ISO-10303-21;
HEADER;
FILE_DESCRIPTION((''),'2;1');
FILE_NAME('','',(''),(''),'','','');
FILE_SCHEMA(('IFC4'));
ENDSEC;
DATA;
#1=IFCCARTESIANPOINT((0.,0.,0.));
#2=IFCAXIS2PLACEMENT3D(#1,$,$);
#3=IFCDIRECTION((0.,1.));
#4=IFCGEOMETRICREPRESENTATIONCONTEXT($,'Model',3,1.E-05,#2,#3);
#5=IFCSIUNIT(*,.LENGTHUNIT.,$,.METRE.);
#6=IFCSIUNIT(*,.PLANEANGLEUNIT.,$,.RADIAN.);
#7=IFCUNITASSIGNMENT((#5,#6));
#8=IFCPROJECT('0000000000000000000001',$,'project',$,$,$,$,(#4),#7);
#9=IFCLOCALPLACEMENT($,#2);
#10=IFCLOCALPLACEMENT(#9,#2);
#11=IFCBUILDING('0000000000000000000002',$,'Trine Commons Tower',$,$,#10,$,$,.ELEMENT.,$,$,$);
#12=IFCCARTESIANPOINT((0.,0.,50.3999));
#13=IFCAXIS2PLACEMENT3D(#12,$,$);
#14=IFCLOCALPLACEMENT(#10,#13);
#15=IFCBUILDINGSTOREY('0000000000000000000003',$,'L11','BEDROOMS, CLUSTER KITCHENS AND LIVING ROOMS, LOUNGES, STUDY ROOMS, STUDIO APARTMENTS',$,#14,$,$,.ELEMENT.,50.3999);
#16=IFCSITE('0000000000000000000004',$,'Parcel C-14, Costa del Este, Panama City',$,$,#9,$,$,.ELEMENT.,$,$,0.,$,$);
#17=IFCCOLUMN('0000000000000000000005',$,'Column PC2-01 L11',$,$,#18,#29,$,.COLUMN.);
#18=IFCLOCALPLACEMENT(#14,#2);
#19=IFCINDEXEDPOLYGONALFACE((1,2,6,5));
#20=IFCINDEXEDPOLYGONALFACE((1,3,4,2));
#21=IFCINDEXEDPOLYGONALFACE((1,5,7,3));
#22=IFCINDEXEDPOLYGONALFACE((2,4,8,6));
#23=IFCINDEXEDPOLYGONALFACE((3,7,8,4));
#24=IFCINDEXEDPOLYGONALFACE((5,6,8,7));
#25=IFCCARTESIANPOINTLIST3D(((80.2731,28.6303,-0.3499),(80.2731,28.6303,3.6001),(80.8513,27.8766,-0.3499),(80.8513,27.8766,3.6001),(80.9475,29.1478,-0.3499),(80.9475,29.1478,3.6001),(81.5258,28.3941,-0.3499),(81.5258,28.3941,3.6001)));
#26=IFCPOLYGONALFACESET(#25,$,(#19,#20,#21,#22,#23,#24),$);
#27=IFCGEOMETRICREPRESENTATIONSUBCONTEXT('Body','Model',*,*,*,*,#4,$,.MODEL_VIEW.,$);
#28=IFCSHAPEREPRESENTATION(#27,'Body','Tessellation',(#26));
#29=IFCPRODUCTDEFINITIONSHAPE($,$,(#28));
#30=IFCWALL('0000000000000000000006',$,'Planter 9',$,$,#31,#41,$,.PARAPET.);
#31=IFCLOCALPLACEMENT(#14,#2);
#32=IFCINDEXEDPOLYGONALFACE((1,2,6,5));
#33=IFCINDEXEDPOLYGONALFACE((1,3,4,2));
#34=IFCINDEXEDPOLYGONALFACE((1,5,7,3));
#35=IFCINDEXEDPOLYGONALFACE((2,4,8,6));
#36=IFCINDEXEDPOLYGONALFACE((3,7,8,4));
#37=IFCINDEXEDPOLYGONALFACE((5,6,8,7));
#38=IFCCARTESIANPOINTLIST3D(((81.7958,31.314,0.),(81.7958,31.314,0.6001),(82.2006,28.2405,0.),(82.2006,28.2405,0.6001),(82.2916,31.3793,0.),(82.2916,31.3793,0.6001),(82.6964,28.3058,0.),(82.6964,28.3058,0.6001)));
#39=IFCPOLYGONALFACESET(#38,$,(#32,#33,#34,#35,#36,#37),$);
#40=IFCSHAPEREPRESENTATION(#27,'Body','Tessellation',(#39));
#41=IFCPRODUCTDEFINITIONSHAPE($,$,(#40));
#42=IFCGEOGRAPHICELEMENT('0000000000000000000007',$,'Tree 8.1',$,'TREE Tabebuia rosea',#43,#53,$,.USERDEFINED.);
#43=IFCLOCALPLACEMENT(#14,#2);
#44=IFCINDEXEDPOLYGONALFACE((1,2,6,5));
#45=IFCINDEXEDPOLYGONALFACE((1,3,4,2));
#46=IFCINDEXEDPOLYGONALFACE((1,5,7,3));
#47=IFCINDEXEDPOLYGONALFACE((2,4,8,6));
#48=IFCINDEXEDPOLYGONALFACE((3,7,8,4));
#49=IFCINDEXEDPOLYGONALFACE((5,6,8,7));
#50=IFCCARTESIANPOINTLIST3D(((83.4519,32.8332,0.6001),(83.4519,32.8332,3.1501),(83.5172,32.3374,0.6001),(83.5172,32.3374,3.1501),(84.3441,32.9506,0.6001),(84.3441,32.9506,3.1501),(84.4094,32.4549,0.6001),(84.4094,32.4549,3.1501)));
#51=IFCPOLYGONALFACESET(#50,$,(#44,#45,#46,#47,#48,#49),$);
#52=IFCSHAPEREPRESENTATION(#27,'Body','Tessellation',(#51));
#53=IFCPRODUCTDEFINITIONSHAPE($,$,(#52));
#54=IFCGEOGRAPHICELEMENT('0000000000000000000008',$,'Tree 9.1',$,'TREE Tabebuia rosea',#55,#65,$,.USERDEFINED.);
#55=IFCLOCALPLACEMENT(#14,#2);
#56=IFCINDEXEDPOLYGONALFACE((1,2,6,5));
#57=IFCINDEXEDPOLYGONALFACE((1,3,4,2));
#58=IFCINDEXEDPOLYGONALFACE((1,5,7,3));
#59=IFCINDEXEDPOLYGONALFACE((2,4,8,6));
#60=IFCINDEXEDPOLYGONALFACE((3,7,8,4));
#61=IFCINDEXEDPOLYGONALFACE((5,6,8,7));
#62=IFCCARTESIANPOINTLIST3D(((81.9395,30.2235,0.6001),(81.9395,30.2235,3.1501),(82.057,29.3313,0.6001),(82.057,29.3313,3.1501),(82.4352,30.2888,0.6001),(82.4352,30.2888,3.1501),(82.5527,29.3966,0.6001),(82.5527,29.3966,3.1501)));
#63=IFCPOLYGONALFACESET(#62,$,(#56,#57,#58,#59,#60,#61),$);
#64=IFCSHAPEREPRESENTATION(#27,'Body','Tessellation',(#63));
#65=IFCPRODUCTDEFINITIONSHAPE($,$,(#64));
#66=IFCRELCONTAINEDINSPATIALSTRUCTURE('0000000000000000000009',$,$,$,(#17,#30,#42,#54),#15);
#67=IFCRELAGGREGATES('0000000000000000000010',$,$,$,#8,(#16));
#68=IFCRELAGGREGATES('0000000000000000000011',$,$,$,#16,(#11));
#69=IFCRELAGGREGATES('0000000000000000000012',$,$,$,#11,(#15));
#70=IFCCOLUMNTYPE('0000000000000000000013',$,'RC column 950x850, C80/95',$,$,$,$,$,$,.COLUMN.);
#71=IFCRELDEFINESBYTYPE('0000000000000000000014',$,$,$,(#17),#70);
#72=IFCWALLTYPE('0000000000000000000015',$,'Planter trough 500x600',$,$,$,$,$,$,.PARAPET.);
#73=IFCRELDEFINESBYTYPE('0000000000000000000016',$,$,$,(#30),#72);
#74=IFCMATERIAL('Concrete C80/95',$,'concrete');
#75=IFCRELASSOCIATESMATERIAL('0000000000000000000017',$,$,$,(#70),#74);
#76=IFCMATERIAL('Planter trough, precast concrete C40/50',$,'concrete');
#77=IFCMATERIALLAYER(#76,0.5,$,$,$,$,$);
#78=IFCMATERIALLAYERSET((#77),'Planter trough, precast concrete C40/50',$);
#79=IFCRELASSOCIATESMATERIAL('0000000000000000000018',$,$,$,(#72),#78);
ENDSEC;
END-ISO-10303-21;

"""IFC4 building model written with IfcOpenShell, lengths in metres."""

from ifc_helpers import new_model, si_unit, direction, frame, frame_2d, origin, origin_2d, place, context, subcontext, project, spatial, rectangle, extrude, material, layer, layer_set, material_profile, profile_set, type_object, element, save


model = new_model("IFC4")

# Units and contexts
model_context = context("Model", 3, precision=1e-05, world=origin(), true_north=direction((0.0, 1.0)))
body_context = subcontext(model_context, "Body", "Model", "MODEL_VIEW")
ifc_project = project(units=[si_unit("LENGTHUNIT", "METRE"), si_unit("PLANEANGLEUNIT", "RADIAN")], contexts=[model_context])

# Site, building, storey
site_placement = place(None, origin())
site = spatial("IfcSite", under=ifc_project, at=site_placement, Name="Parcel C-14, Costa del Este, Panama City", CompositionType="ELEMENT", RefElevation=0.0)
building_placement = place(site_placement, origin())
building = spatial("IfcBuilding", under=site, at=building_placement, Name="Trine Commons Tower", CompositionType="ELEMENT")
storey_placement = place(building_placement, frame((0.0, 0.0, 50.3999)))
storey = spatial("IfcBuildingStorey", under=building, at=storey_placement, Name="L11", Description="BEDROOMS, CLUSTER KITCHENS AND LIVING ROOMS, LOUNGES, STUDY ROOMS, STUDIO APARTMENTS", CompositionType="ELEMENT", Elevation=50.3999)

# Column
ifc_material_1 = material(Name="Concrete C80/95", Category="concrete")
ifc_material_profile = material_profile(ifc_material_1, rectangle(XDim=0.95, YDim=0.8501, at=origin_2d()), Name="RC 950x850")
ifc_profile_set = profile_set([ifc_material_profile], Name="Concrete C80/95")
column_type = type_object("IfcColumnType", Name="RC column 950x850, C80/95", PredefinedType="COLUMN", material=ifc_profile_set)
column_placement = place(storey_placement, frame((80.8994, 28.5122, -0.3499), z_axis=(0.0, 0.0, 1.0), x_axis=(-0.608761, 0.793353, 0.0)))
element("IfcColumn", 1, at=column_placement, inside=storey, type_object=column_type, Name="Column PC2-01 L11", PredefinedType="COLUMN", context=body_context, shape_type="SweptSolid", body=[
    extrude(rectangle(XDim=0.95, YDim=0.8501, at=origin_2d()), origin(), (0.0, 0.0, 1.0), 3.95),
])

# Wall
ifc_material_2 = material(Name="Planter trough, precast concrete C40/50", Category="concrete")
ifc_layer_1 = layer(ifc_material_2, 0.5)
ifc_layer_set_1 = layer_set([ifc_layer_1], Name="Planter trough, precast concrete C40/50")
wall_type_1 = type_object("IfcWallType", Name="Planter trough 500x600", PredefinedType="PARAPET", material=ifc_layer_set_1)
wall_1_placement = place(storey_placement, frame((82.0437, 31.3467, 0.0), z_axis=(0.0, 0.0, 1.0), x_axis=(0.130575, -0.991438, 0.0)))
element("IfcWall", 2, at=wall_1_placement, inside=storey, type_object=wall_type_1, Name="Planter 9", PredefinedType="PARAPET", context=body_context, shape_type="SweptSolid", body=[
    extrude(rectangle(XDim=3.1001, YDim=0.5, at=frame_2d((1.55, 0.0))), origin(), (0.0, 0.0, 1.0), 0.6001),
])

# Geographic elements
for number, where, z_axis, x_axis, name in (
    (3, (83.9307, 32.644, 0.6001), (0.0, 0.0, 1.0), (-0.991443, -0.130543, 0.0), "Tree 8.1"),
    (4, (82.2461, 29.8101, 0.6001), (0.0, 0.0, 1.0), (0.130547, -0.991442, 0.0), "Tree 9.1"),
):
    element("IfcGeographicElement", number, at=place(storey_placement, frame(where, z_axis=z_axis, x_axis=x_axis)), inside=storey, Name=name, ObjectType="TREE Tabebuia rosea", PredefinedType="USERDEFINED", context=body_context, shape_type="SweptSolid", body=[
        extrude(rectangle(XDim=0.8999, YDim=0.5, at=origin_2d()), origin(), (0.0, 0.0, 1.0), 2.55),
    ])

save(model, "model.ifc")
